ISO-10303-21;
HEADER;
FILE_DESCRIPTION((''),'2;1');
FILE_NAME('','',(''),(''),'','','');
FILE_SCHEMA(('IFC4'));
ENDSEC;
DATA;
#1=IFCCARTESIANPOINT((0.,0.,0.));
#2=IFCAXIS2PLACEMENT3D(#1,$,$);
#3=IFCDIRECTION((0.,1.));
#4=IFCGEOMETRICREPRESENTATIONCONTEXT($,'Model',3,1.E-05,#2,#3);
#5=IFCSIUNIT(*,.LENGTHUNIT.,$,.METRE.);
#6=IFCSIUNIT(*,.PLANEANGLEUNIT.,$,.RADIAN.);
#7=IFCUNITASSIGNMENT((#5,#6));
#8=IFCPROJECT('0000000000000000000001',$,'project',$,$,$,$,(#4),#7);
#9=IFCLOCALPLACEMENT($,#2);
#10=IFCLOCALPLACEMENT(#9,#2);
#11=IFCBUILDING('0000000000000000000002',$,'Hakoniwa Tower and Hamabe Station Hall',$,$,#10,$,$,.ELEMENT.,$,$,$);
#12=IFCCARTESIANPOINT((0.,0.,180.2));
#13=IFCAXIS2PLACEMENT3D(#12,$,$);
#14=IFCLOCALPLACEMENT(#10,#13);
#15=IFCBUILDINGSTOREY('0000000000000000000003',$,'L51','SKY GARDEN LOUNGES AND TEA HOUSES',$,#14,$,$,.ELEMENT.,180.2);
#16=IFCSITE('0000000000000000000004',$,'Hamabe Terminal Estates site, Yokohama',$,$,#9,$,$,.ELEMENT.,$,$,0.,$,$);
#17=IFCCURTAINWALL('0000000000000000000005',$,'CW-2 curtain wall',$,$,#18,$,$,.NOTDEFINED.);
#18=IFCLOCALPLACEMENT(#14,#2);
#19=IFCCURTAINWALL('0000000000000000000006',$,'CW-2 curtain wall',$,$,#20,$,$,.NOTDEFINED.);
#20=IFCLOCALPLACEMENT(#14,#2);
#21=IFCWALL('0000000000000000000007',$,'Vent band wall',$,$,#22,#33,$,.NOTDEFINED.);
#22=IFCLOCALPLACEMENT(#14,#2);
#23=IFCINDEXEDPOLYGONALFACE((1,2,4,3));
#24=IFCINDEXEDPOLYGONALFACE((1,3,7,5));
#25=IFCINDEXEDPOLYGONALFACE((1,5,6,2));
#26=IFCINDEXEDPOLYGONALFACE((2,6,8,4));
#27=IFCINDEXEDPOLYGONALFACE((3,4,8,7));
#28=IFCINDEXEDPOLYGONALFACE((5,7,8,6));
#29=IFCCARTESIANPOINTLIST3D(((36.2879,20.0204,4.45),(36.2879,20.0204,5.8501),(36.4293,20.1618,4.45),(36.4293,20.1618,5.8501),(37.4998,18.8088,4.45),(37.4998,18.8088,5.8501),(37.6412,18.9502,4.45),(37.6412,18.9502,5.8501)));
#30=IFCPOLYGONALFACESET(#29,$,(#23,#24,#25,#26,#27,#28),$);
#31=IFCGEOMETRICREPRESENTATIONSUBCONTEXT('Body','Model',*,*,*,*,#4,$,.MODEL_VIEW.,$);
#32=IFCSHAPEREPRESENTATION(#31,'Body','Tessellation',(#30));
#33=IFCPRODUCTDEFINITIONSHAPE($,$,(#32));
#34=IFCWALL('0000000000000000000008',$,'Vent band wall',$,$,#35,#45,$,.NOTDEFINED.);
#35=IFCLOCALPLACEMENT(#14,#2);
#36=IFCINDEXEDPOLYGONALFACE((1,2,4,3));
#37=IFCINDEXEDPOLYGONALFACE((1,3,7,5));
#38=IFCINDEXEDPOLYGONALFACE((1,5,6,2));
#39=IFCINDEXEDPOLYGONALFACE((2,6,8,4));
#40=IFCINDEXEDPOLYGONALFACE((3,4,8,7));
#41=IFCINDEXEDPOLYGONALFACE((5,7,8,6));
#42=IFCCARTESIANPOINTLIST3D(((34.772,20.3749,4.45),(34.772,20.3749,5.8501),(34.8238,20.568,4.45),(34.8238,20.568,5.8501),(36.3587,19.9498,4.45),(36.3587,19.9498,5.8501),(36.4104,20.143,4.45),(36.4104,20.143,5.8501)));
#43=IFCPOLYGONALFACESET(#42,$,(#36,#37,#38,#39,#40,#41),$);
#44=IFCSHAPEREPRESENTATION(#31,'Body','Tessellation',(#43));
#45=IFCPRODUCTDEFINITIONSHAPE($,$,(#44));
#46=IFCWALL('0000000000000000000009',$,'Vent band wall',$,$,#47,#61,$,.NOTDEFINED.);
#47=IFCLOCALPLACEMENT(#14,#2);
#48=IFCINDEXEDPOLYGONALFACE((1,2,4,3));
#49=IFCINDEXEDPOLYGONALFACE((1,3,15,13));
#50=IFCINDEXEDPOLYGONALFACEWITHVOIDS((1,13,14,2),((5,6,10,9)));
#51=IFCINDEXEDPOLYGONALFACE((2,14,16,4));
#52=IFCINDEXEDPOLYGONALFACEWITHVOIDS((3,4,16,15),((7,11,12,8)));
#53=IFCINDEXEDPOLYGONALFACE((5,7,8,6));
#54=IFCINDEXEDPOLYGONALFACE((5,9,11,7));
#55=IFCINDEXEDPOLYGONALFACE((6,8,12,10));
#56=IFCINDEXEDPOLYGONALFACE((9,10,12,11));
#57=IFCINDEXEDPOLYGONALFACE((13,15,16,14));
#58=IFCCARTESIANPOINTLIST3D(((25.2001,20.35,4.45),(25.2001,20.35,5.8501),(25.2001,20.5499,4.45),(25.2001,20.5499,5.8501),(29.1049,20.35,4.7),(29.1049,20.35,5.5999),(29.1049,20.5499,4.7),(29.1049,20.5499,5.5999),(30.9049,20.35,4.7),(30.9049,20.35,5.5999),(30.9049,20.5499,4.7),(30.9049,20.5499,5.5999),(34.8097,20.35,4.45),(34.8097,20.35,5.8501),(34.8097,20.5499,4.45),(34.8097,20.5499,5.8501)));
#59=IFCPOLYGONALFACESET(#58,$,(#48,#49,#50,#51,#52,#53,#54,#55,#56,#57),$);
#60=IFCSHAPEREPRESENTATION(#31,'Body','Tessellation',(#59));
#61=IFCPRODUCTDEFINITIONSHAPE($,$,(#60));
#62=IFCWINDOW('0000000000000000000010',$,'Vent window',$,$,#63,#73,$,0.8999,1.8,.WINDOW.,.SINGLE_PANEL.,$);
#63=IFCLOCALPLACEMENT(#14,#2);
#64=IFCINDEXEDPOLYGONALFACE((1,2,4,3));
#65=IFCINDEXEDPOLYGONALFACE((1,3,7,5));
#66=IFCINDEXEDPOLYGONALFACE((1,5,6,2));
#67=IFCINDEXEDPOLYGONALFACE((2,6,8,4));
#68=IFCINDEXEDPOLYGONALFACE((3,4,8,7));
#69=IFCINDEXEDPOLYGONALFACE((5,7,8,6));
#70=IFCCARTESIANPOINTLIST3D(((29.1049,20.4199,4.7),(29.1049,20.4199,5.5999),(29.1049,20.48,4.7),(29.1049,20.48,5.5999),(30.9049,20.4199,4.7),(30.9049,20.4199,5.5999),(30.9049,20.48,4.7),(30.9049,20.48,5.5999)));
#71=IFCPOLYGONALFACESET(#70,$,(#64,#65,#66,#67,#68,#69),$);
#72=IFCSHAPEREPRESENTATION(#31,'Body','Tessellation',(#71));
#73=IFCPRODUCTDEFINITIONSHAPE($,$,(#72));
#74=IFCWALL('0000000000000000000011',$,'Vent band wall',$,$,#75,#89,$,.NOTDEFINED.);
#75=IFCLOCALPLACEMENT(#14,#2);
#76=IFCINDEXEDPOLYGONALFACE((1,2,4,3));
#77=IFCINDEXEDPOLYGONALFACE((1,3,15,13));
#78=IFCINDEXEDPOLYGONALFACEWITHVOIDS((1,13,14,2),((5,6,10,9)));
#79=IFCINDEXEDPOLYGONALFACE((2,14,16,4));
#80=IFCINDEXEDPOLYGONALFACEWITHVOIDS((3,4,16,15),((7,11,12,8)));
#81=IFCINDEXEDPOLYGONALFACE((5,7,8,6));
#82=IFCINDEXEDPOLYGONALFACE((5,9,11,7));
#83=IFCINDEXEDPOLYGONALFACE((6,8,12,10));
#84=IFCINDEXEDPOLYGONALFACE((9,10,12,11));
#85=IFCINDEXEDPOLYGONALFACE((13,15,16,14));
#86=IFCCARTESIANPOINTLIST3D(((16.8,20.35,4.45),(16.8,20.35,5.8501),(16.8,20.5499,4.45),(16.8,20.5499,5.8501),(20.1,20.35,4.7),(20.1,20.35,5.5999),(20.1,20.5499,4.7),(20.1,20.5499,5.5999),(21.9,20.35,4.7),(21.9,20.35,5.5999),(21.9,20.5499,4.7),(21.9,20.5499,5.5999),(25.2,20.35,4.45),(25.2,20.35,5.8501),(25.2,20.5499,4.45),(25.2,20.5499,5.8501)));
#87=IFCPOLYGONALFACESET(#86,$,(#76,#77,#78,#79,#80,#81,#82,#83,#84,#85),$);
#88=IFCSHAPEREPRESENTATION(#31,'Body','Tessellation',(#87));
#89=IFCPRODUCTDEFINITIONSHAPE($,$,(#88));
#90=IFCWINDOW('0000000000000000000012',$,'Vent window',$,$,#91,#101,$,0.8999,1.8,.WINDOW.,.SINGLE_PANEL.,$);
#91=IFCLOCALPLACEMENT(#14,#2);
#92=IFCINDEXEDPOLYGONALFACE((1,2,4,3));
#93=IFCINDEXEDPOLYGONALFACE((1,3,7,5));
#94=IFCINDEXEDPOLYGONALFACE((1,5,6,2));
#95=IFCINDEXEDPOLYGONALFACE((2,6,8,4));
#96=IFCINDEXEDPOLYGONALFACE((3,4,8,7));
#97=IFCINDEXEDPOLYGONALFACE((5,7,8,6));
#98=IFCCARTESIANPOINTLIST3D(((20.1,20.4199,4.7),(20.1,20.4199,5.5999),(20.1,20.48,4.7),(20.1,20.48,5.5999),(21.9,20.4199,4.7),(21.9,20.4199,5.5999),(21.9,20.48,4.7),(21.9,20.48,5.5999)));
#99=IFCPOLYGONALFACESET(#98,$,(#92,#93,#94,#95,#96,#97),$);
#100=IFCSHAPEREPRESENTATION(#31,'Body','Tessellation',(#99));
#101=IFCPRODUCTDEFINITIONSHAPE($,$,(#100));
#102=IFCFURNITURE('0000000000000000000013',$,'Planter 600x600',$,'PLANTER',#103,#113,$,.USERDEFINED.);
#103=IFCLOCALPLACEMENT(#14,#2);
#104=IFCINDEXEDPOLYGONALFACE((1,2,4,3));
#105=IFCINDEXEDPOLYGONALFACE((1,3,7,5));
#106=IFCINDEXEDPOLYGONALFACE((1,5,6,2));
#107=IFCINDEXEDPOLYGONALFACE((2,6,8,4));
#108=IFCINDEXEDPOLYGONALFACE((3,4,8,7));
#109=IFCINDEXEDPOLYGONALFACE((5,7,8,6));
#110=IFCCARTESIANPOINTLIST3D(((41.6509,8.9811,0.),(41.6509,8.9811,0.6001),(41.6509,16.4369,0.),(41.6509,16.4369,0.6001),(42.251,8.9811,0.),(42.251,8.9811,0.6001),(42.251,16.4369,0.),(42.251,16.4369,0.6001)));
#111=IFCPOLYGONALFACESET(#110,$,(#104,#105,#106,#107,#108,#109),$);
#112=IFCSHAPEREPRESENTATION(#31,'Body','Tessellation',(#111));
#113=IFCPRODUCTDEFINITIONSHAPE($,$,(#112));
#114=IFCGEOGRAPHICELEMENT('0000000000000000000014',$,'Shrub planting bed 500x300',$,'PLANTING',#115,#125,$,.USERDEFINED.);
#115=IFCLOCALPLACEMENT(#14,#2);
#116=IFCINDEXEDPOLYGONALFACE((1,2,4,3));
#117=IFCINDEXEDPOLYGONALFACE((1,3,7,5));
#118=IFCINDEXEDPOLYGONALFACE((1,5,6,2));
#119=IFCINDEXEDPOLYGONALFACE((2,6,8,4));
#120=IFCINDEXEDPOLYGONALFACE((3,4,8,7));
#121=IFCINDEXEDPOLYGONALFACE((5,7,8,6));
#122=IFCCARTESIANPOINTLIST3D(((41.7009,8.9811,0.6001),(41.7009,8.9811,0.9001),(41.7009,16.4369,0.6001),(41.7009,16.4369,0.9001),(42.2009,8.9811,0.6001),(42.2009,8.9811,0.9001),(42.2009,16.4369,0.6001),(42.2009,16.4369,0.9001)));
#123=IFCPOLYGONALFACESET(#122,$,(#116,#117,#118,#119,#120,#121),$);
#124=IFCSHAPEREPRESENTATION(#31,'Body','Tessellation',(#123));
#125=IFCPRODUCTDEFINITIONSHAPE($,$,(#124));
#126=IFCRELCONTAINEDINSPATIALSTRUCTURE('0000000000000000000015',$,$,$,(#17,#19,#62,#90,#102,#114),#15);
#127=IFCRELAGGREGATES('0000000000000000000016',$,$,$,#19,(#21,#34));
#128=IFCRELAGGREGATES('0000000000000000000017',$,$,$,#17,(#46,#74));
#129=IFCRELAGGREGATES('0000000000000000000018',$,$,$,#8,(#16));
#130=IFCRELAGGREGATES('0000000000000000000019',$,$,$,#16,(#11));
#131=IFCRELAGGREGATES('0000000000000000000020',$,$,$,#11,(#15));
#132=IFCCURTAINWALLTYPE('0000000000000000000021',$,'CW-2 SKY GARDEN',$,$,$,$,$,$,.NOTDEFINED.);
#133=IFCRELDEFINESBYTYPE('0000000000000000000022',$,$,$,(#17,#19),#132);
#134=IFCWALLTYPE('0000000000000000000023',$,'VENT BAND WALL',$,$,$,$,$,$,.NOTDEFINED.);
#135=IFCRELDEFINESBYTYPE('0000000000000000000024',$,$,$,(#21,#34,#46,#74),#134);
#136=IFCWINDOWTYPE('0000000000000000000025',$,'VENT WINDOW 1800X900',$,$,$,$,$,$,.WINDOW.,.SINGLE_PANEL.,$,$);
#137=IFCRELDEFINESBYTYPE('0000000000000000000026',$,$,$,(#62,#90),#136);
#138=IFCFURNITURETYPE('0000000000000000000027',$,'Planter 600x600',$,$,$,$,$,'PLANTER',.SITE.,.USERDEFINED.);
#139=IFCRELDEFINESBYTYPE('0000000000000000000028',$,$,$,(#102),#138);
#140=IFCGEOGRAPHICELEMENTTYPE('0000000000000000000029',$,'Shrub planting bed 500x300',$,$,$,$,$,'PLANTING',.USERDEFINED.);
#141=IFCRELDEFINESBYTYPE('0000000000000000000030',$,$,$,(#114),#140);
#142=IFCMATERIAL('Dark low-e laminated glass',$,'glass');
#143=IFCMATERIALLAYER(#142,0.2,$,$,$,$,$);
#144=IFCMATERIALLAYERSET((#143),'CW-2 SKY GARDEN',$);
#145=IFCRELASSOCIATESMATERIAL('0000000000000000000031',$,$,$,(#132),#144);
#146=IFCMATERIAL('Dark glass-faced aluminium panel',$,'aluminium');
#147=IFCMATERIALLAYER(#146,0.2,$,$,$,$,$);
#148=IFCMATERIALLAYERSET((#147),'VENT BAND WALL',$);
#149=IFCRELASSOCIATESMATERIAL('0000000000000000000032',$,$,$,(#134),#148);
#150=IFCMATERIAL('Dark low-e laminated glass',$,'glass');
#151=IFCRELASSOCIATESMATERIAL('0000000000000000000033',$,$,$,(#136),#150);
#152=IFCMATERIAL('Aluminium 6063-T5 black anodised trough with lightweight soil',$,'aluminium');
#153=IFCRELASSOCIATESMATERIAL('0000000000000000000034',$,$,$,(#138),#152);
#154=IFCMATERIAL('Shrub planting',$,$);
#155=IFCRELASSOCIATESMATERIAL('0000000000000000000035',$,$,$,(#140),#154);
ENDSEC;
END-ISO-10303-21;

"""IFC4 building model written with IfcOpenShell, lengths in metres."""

from ifc_helpers import new_model, si_unit, direction, frame, frame_2d, origin, origin_2d, place, context, subcontext, project, spatial, rectangle, extrude, material, layer, layer_set, type_object, element, fill, aggregate, save


model = new_model("IFC4")

# Units and contexts
model_context = context("Model", 3, precision=1e-05, world=origin(), true_north=direction((0.0, 1.0)))
body_context = subcontext(model_context, "Body", "Model", "MODEL_VIEW")
ifc_project = project(units=[si_unit("LENGTHUNIT", "METRE"), si_unit("PLANEANGLEUNIT", "RADIAN")], contexts=[model_context])

# Site, building, storey
site_placement = place(None, origin())
site = spatial("IfcSite", under=ifc_project, at=site_placement, Name="Hamabe Terminal Estates site, Yokohama", CompositionType="ELEMENT", RefElevation=0.0)
building_placement = place(site_placement, origin())
building = spatial("IfcBuilding", under=site, at=building_placement, Name="Hakoniwa Tower and Hamabe Station Hall", CompositionType="ELEMENT")
storey_placement = place(building_placement, frame((0.0, 0.0, 180.2)))
storey = spatial("IfcBuildingStorey", under=building, at=storey_placement, Name="L51", Description="SKY GARDEN LOUNGES AND TEA HOUSES", CompositionType="ELEMENT", Elevation=180.2)

# Curtain wall
ifc_material_1 = material(Name="Dark low-e laminated glass", Category="glass")
ifc_layer_1 = layer(ifc_material_1, 0.2)
ifc_layer_set_1 = layer_set([ifc_layer_1], Name="CW-2 SKY GARDEN")
curtain_wall_type = type_object("IfcCurtainWallType", Name="CW-2 SKY GARDEN", PredefinedType="NOTDEFINED", material=ifc_layer_set_1)
curtain_wall_1_placement = place(storey_placement, origin())
curtain_wall_1 = element("IfcCurtainWall", 1, at=curtain_wall_1_placement, inside=storey, type_object=curtain_wall_type, Name="CW-2 curtain wall", PredefinedType="NOTDEFINED")

# Curtain wall, walls
curtain_wall_2_placement = place(storey_placement, origin())
curtain_wall_2 = element("IfcCurtainWall", 2, at=curtain_wall_2_placement, inside=storey, type_object=curtain_wall_type, Name="CW-2 curtain wall", PredefinedType="NOTDEFINED")
ifc_material_2 = material(Name="Dark glass-faced aluminium panel", Category="aluminium")
ifc_layer_2 = layer(ifc_material_2, 0.2)
ifc_layer_set_2 = layer_set([ifc_layer_2], Name="VENT BAND WALL")
wall_type_1 = type_object("IfcWallType", Name="VENT BAND WALL", PredefinedType="NOTDEFINED", material=ifc_layer_set_2)
wall_1_placement = place(storey_placement, frame((37.5706, 18.8794, 4.45), z_axis=(0.0, 0.0, 1.0), x_axis=(-0.707178, 0.707036, 0.0)))
wall_1 = element("IfcWall", 3, at=wall_1_placement, type_object=wall_type_1, Name="Vent band wall", PredefinedType="NOTDEFINED", context=body_context, shape_type="SweptSolid", body=[
    extrude(rectangle(XDim=1.7136, YDim=0.2, at=frame_2d((0.8569, 0.0))), origin(), (0.0, 0.0, 1.0), 1.4001),
])
wall_2_placement = place(storey_placement, frame((36.3845, 20.0464, 4.45), z_axis=(0.0, 0.0, 1.0), x_axis=(-0.965941, 0.258763, 0.0)))
wall_2 = element("IfcWall", 4, at=wall_2_placement, type_object=wall_type_1, Name="Vent band wall", PredefinedType="NOTDEFINED", context=body_context, shape_type="SweptSolid", body=[
    extrude(rectangle(XDim=1.6426, YDim=0.2, at=frame_2d((0.8213, 0.0))), origin(), (0.0, 0.0, 1.0), 1.4001),
])
aggregate(curtain_wall_2, [wall_1, wall_2])

# Walls, openings, windows
wall_3_placement = place(storey_placement, frame((34.8096, 20.45, 4.45), z_axis=(0.0, 0.0, 1.0), x_axis=(-1.0, 0.0, 0.0)))
wall_3 = element("IfcWall", 5, at=wall_3_placement, type_object=wall_type_1, Name="Vent band wall", PredefinedType="NOTDEFINED", context=body_context, shape_type="SweptSolid", body=[
    extrude(rectangle(XDim=9.6096, YDim=0.2, at=frame_2d((4.8047, 0.0))), origin(), (0.0, 0.0, 1.0), 1.4001),
])
opening_1_placement = place(wall_3_placement, frame((3.9048, 0.0, 0.25)))
opening_1 = element("IfcOpeningElement", 6, at=opening_1_placement, cuts=wall_3, PredefinedType="OPENING", context=body_context, shape_type="SweptSolid", body=[
    extrude(rectangle(XDim=1.8, YDim=0.8999, at=frame_2d((0.8999, 0.45))), frame((0.0, 0.1099, 0.0), z_axis=(0.0, -1.0, 0.0), x_axis=(1.0, 0.0, 0.0)), (0.0, 0.0, 1.0), 0.22),
])
ifc_material_3 = material(Name="Dark low-e laminated glass", Category="glass")
window_type = type_object("IfcWindowType", Name="VENT WINDOW 1800X900", PartitioningType="SINGLE_PANEL", PredefinedType="WINDOW", material=ifc_material_3)
window_1_placement = place(opening_1_placement, origin())
window_1 = element("IfcWindow", 7, at=window_1_placement, inside=storey, type_object=window_type, Name="Vent window", OverallHeight=0.8999, OverallWidth=1.8, PartitioningType="SINGLE_PANEL", PredefinedType="WINDOW", context=body_context, shape_type="SweptSolid", body=[
    extrude(rectangle(XDim=1.8, YDim=0.8999, at=frame_2d((0.8999, 0.45))), frame((0.0, 0.03, 0.0), z_axis=(0.0, -1.0, 0.0), x_axis=(1.0, 0.0, 0.0)), (0.0, 0.0, 1.0), 0.0601),
])
fill(opening_1, window_1)
wall_4_placement = place(storey_placement, frame((25.2, 20.45, 4.45), z_axis=(0.0, 0.0, 1.0), x_axis=(-1.0, 0.0, 0.0)))
wall_4 = element("IfcWall", 8, at=wall_4_placement, type_object=wall_type_1, Name="Vent band wall", PredefinedType="NOTDEFINED", context=body_context, shape_type="SweptSolid", body=[
    extrude(rectangle(XDim=8.3999, YDim=0.2, at=frame_2d((4.2, 0.0))), origin(), (0.0, 0.0, 1.0), 1.4001),
])
opening_2_placement = place(wall_4_placement, frame((3.3, 0.0, 0.25)))
opening_2 = element("IfcOpeningElement", 9, at=opening_2_placement, cuts=wall_4, PredefinedType="OPENING", context=body_context, shape_type="SweptSolid", body=[
    extrude(rectangle(XDim=1.8, YDim=0.8999, at=frame_2d((0.8999, 0.45))), frame((0.0, 0.1099, 0.0), z_axis=(0.0, -1.0, 0.0), x_axis=(1.0, 0.0, 0.0)), (0.0, 0.0, 1.0), 0.22),
])
window_2_placement = place(opening_2_placement, origin())
window_2 = element("IfcWindow", 10, at=window_2_placement, inside=storey, type_object=window_type, Name="Vent window", OverallHeight=0.8999, OverallWidth=1.8, PartitioningType="SINGLE_PANEL", PredefinedType="WINDOW", context=body_context, shape_type="SweptSolid", body=[
    extrude(rectangle(XDim=1.8, YDim=0.8999, at=frame_2d((0.8999, 0.45))), frame((0.0, 0.03, 0.0), z_axis=(0.0, -1.0, 0.0), x_axis=(1.0, 0.0, 0.0)), (0.0, 0.0, 1.0), 0.0601),
])
fill(opening_2, window_2)
aggregate(curtain_wall_1, [wall_3, wall_4])

# Furniture
ifc_material_4 = material(Name="Aluminium 6063-T5 black anodised trough with lightweight soil", Category="aluminium")
furniture_type = type_object("IfcFurnitureType", Name="Planter 600x600", ElementType="PLANTER", AssemblyPlace="SITE", PredefinedType="USERDEFINED", material=ifc_material_4)
furniture_placement = place(storey_placement, frame((41.9509, 12.709, 0.0), z_axis=(0.0, 0.0, 1.0), x_axis=(0.0, 1.0, 0.0)))
element("IfcFurniture", 11, at=furniture_placement, inside=storey, type_object=furniture_type, Name="Planter 600x600", ObjectType="PLANTER", PredefinedType="USERDEFINED", context=body_context, shape_type="SweptSolid", body=[
    extrude(rectangle(XDim=7.4558, YDim=0.6001, at=origin_2d()), origin(), (0.0, 0.0, 1.0), 0.6001),
])

# Geographic element
ifc_material_5 = material(Name="Shrub planting")
geographic_element_type = type_object("IfcGeographicElementType", Name="Shrub planting bed 500x300", ElementType="PLANTING", PredefinedType="USERDEFINED", material=ifc_material_5)
geographic_element_placement = place(storey_placement, frame((41.9509, 12.709, 0.6001), z_axis=(0.0, 0.0, 1.0), x_axis=(0.0, 1.0, 0.0)))
element("IfcGeographicElement", 12, at=geographic_element_placement, inside=storey, type_object=geographic_element_type, Name="Shrub planting bed 500x300", ObjectType="PLANTING", PredefinedType="USERDEFINED", context=body_context, shape_type="SweptSolid", body=[
    extrude(rectangle(XDim=7.4558, YDim=0.5, at=origin_2d()), origin(), (0.0, 0.0, 1.0), 0.3),
])

save(model, "model.ifc")
